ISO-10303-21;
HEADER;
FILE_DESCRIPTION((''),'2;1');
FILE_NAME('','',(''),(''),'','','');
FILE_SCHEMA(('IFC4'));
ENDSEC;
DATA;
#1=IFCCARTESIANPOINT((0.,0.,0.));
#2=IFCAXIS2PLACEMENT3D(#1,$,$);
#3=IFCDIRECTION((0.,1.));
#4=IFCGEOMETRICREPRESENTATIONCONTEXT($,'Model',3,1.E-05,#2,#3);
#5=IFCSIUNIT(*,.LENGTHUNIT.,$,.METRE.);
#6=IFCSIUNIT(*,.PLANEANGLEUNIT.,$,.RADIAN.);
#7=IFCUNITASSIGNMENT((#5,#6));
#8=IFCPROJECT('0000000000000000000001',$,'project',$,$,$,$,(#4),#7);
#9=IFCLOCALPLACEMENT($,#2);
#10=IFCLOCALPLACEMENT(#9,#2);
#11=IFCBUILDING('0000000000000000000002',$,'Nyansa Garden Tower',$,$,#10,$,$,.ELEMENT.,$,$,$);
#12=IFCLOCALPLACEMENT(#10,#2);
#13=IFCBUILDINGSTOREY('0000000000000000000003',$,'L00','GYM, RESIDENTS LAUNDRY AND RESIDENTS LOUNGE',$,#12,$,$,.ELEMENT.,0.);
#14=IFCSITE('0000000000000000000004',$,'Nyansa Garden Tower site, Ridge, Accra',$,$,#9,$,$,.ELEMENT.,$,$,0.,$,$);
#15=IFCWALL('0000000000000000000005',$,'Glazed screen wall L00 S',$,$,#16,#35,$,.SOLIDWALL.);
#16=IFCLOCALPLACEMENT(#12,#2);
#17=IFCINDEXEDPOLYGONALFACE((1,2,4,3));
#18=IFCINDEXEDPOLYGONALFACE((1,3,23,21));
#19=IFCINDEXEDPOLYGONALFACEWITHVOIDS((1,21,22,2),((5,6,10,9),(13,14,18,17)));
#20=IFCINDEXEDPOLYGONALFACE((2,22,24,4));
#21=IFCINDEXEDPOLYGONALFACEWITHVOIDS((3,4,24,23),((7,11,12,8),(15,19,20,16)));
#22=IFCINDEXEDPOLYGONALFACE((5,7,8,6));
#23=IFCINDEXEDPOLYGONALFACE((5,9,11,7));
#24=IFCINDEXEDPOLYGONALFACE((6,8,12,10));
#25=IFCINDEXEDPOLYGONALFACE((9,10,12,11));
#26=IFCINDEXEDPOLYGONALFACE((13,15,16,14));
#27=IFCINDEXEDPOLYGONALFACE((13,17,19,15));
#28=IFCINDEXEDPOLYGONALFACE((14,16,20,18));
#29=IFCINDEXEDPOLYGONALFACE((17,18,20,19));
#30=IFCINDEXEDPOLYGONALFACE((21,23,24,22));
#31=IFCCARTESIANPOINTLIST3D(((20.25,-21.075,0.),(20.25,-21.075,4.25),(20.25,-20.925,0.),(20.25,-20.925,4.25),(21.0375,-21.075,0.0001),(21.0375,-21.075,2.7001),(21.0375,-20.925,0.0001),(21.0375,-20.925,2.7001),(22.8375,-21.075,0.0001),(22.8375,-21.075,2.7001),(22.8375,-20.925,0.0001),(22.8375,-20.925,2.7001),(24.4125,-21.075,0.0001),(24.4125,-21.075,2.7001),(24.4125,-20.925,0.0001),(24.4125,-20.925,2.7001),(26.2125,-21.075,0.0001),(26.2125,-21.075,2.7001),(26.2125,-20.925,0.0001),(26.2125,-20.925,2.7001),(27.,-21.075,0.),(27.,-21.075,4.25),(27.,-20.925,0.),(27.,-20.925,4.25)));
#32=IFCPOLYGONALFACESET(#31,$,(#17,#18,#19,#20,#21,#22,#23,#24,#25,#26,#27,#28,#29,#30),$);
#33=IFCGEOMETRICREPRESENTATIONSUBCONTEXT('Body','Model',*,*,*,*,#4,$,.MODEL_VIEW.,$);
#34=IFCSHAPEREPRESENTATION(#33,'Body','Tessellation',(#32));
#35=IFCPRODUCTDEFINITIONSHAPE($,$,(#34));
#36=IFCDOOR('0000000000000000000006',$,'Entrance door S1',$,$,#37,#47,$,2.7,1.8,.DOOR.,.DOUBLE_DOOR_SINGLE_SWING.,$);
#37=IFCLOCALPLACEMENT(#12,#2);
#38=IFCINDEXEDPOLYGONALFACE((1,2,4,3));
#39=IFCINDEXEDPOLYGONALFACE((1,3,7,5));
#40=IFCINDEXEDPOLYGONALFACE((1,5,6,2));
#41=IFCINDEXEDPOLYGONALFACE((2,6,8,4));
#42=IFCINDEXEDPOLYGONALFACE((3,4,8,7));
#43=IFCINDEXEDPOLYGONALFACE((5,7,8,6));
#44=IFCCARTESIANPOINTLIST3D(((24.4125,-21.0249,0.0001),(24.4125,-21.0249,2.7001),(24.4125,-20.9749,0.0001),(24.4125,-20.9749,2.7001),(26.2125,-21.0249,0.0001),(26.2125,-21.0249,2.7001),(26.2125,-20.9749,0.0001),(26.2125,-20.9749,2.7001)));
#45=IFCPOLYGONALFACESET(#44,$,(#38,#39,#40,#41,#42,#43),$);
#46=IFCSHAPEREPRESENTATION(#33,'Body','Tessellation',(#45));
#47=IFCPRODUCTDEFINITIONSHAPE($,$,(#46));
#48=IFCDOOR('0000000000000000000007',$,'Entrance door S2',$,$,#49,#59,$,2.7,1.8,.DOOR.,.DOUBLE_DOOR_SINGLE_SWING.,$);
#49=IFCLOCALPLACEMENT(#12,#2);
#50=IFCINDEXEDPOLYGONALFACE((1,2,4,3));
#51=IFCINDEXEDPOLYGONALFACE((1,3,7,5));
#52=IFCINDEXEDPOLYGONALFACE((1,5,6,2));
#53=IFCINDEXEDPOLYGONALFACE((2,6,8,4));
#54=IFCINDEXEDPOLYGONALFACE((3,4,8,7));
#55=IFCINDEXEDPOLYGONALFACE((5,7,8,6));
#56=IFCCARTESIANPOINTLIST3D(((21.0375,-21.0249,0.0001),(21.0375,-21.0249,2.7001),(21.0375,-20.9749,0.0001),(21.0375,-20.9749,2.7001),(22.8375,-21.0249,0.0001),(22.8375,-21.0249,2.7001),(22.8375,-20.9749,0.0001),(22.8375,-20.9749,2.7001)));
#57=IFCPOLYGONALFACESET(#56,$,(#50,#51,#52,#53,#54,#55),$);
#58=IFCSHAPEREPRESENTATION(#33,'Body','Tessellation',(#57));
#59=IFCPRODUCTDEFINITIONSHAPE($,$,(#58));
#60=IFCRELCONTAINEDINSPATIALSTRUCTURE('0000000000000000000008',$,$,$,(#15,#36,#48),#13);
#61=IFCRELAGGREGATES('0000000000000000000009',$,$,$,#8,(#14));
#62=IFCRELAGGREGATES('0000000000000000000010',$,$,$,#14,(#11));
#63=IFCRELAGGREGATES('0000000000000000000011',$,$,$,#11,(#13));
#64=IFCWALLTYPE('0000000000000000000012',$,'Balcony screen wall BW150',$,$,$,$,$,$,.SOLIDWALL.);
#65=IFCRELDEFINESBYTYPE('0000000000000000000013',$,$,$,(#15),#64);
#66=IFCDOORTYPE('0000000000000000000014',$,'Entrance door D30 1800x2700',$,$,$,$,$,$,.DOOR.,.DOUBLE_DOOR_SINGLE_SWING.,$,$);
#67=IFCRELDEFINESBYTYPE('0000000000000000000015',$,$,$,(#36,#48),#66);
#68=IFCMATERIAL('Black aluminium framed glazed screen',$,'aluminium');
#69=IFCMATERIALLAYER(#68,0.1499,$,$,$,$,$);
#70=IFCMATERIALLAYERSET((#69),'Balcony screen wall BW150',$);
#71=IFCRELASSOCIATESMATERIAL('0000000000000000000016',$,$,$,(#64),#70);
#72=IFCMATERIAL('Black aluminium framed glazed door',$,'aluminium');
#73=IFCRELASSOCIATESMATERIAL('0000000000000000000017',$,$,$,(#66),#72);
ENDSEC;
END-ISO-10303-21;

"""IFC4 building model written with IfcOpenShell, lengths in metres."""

from ifc_helpers import new_model, si_unit, direction, frame, frame_2d, origin, place, context, subcontext, project, spatial, rectangle, extrude, material, layer, layer_set, type_object, element, fill, save


model = new_model("IFC4")

# Units and contexts
model_context = context("Model", 3, precision=1e-05, world=origin(), true_north=direction((0.0, 1.0)))
body_context = subcontext(model_context, "Body", "Model", "MODEL_VIEW")
ifc_project = project(units=[si_unit("LENGTHUNIT", "METRE"), si_unit("PLANEANGLEUNIT", "RADIAN")], contexts=[model_context])

# Site, building, storey
site_placement = place(None, origin())
site = spatial("IfcSite", under=ifc_project, at=site_placement, Name="Nyansa Garden Tower site, Ridge, Accra", CompositionType="ELEMENT", RefElevation=0.0)
building_placement = place(site_placement, origin())
building = spatial("IfcBuilding", under=site, at=building_placement, Name="Nyansa Garden Tower", CompositionType="ELEMENT")
storey_placement = place(building_placement, origin())
storey = spatial("IfcBuildingStorey", under=building, at=storey_placement, Name="L00", Description="GYM, RESIDENTS LAUNDRY AND RESIDENTS LOUNGE", CompositionType="ELEMENT", Elevation=0.0)

# Wall, openings, doors
ifc_material_1 = material(Name="Black aluminium framed glazed screen", Category="aluminium")
ifc_layer_1 = layer(ifc_material_1, 0.1499)
ifc_layer_set_1 = layer_set([ifc_layer_1], Name="Balcony screen wall BW150")
wall_type = type_object("IfcWallType", Name="Balcony screen wall BW150", PredefinedType="SOLIDWALL", material=ifc_layer_set_1)
ifc_material_2 = material(Name="Black aluminium framed glazed door", Category="aluminium")
door_type = type_object("IfcDoorType", Name="Entrance door D30 1800x2700", OperationType="DOUBLE_DOOR_SINGLE_SWING", PredefinedType="DOOR", material=ifc_material_2)
wall_1_placement = place(storey_placement, frame((27.0, -21.0, 0.0), z_axis=(0.0, 0.0, 1.0), x_axis=(-1.0, 0.0, 0.0)))
wall_1 = element("IfcWall", 1, at=wall_1_placement, inside=storey, type_object=wall_type, Name="Glazed screen wall L00 S", PredefinedType="SOLIDWALL", context=body_context, shape_type="SweptSolid", body=[
    extrude(rectangle(XDim=6.75, YDim=0.1499, at=frame_2d((3.375, 0.0))), origin(), (0.0, 0.0, 1.0), 4.25),
])
opening_1_placement = place(wall_1_placement, frame((0.7876, 0.0, 0.0)))
opening_1 = element("IfcOpeningElement", 2, at=opening_1_placement, cuts=wall_1, PredefinedType="OPENING", context=body_context, shape_type="SweptSolid", body=[
    extrude(rectangle(XDim=1.8, YDim=2.7, at=frame_2d((0.8999, 1.3501))), frame((0.0, 0.085, 0.0), z_axis=(0.0, -1.0, 0.0), x_axis=(1.0, 0.0, 0.0)), (0.0, 0.0, 1.0), 0.1699),
])
opening_2_placement = place(wall_1_placement, frame((4.1626, 0.0, 0.0)))
opening_2 = element("IfcOpeningElement", 3, at=opening_2_placement, cuts=wall_1, PredefinedType="OPENING", context=body_context, shape_type="SweptSolid", body=[
    extrude(rectangle(XDim=1.8, YDim=2.7, at=frame_2d((0.8999, 1.3501))), frame((0.0, 0.085, 0.0), z_axis=(0.0, -1.0, 0.0), x_axis=(1.0, 0.0, 0.0)), (0.0, 0.0, 1.0), 0.1699),
])
door_1_placement = place(opening_1_placement, origin())
door_1 = element("IfcDoor", 4, at=door_1_placement, inside=storey, type_object=door_type, Name="Entrance door S1", OperationType="DOUBLE_DOOR_SINGLE_SWING", OverallHeight=2.7, OverallWidth=1.8, PredefinedType="DOOR", context=body_context, shape_type="SweptSolid", body=[
    extrude(rectangle(XDim=1.8, YDim=2.7, at=frame_2d((0.8999, 1.3501))), frame((0.0, 0.0249, 0.0), z_axis=(0.0, -1.0, 0.0), x_axis=(1.0, 0.0, 0.0)), (0.0, 0.0, 1.0), 0.05),
])
fill(opening_1, door_1)
door_2_placement = place(opening_2_placement, origin())
door_2 = element("IfcDoor", 5, at=door_2_placement, inside=storey, type_object=door_type, Name="Entrance door S2", OperationType="DOUBLE_DOOR_SINGLE_SWING", OverallHeight=2.7, OverallWidth=1.8, PredefinedType="DOOR", context=body_context, shape_type="SweptSolid", body=[
    extrude(rectangle(XDim=1.8, YDim=2.7, at=frame_2d((0.8999, 1.3501))), frame((0.0, 0.0249, 0.0), z_axis=(0.0, -1.0, 0.0), x_axis=(1.0, 0.0, 0.0)), (0.0, 0.0, 1.0), 0.05),
])
fill(opening_2, door_2)

save(model, "model.ifc")
